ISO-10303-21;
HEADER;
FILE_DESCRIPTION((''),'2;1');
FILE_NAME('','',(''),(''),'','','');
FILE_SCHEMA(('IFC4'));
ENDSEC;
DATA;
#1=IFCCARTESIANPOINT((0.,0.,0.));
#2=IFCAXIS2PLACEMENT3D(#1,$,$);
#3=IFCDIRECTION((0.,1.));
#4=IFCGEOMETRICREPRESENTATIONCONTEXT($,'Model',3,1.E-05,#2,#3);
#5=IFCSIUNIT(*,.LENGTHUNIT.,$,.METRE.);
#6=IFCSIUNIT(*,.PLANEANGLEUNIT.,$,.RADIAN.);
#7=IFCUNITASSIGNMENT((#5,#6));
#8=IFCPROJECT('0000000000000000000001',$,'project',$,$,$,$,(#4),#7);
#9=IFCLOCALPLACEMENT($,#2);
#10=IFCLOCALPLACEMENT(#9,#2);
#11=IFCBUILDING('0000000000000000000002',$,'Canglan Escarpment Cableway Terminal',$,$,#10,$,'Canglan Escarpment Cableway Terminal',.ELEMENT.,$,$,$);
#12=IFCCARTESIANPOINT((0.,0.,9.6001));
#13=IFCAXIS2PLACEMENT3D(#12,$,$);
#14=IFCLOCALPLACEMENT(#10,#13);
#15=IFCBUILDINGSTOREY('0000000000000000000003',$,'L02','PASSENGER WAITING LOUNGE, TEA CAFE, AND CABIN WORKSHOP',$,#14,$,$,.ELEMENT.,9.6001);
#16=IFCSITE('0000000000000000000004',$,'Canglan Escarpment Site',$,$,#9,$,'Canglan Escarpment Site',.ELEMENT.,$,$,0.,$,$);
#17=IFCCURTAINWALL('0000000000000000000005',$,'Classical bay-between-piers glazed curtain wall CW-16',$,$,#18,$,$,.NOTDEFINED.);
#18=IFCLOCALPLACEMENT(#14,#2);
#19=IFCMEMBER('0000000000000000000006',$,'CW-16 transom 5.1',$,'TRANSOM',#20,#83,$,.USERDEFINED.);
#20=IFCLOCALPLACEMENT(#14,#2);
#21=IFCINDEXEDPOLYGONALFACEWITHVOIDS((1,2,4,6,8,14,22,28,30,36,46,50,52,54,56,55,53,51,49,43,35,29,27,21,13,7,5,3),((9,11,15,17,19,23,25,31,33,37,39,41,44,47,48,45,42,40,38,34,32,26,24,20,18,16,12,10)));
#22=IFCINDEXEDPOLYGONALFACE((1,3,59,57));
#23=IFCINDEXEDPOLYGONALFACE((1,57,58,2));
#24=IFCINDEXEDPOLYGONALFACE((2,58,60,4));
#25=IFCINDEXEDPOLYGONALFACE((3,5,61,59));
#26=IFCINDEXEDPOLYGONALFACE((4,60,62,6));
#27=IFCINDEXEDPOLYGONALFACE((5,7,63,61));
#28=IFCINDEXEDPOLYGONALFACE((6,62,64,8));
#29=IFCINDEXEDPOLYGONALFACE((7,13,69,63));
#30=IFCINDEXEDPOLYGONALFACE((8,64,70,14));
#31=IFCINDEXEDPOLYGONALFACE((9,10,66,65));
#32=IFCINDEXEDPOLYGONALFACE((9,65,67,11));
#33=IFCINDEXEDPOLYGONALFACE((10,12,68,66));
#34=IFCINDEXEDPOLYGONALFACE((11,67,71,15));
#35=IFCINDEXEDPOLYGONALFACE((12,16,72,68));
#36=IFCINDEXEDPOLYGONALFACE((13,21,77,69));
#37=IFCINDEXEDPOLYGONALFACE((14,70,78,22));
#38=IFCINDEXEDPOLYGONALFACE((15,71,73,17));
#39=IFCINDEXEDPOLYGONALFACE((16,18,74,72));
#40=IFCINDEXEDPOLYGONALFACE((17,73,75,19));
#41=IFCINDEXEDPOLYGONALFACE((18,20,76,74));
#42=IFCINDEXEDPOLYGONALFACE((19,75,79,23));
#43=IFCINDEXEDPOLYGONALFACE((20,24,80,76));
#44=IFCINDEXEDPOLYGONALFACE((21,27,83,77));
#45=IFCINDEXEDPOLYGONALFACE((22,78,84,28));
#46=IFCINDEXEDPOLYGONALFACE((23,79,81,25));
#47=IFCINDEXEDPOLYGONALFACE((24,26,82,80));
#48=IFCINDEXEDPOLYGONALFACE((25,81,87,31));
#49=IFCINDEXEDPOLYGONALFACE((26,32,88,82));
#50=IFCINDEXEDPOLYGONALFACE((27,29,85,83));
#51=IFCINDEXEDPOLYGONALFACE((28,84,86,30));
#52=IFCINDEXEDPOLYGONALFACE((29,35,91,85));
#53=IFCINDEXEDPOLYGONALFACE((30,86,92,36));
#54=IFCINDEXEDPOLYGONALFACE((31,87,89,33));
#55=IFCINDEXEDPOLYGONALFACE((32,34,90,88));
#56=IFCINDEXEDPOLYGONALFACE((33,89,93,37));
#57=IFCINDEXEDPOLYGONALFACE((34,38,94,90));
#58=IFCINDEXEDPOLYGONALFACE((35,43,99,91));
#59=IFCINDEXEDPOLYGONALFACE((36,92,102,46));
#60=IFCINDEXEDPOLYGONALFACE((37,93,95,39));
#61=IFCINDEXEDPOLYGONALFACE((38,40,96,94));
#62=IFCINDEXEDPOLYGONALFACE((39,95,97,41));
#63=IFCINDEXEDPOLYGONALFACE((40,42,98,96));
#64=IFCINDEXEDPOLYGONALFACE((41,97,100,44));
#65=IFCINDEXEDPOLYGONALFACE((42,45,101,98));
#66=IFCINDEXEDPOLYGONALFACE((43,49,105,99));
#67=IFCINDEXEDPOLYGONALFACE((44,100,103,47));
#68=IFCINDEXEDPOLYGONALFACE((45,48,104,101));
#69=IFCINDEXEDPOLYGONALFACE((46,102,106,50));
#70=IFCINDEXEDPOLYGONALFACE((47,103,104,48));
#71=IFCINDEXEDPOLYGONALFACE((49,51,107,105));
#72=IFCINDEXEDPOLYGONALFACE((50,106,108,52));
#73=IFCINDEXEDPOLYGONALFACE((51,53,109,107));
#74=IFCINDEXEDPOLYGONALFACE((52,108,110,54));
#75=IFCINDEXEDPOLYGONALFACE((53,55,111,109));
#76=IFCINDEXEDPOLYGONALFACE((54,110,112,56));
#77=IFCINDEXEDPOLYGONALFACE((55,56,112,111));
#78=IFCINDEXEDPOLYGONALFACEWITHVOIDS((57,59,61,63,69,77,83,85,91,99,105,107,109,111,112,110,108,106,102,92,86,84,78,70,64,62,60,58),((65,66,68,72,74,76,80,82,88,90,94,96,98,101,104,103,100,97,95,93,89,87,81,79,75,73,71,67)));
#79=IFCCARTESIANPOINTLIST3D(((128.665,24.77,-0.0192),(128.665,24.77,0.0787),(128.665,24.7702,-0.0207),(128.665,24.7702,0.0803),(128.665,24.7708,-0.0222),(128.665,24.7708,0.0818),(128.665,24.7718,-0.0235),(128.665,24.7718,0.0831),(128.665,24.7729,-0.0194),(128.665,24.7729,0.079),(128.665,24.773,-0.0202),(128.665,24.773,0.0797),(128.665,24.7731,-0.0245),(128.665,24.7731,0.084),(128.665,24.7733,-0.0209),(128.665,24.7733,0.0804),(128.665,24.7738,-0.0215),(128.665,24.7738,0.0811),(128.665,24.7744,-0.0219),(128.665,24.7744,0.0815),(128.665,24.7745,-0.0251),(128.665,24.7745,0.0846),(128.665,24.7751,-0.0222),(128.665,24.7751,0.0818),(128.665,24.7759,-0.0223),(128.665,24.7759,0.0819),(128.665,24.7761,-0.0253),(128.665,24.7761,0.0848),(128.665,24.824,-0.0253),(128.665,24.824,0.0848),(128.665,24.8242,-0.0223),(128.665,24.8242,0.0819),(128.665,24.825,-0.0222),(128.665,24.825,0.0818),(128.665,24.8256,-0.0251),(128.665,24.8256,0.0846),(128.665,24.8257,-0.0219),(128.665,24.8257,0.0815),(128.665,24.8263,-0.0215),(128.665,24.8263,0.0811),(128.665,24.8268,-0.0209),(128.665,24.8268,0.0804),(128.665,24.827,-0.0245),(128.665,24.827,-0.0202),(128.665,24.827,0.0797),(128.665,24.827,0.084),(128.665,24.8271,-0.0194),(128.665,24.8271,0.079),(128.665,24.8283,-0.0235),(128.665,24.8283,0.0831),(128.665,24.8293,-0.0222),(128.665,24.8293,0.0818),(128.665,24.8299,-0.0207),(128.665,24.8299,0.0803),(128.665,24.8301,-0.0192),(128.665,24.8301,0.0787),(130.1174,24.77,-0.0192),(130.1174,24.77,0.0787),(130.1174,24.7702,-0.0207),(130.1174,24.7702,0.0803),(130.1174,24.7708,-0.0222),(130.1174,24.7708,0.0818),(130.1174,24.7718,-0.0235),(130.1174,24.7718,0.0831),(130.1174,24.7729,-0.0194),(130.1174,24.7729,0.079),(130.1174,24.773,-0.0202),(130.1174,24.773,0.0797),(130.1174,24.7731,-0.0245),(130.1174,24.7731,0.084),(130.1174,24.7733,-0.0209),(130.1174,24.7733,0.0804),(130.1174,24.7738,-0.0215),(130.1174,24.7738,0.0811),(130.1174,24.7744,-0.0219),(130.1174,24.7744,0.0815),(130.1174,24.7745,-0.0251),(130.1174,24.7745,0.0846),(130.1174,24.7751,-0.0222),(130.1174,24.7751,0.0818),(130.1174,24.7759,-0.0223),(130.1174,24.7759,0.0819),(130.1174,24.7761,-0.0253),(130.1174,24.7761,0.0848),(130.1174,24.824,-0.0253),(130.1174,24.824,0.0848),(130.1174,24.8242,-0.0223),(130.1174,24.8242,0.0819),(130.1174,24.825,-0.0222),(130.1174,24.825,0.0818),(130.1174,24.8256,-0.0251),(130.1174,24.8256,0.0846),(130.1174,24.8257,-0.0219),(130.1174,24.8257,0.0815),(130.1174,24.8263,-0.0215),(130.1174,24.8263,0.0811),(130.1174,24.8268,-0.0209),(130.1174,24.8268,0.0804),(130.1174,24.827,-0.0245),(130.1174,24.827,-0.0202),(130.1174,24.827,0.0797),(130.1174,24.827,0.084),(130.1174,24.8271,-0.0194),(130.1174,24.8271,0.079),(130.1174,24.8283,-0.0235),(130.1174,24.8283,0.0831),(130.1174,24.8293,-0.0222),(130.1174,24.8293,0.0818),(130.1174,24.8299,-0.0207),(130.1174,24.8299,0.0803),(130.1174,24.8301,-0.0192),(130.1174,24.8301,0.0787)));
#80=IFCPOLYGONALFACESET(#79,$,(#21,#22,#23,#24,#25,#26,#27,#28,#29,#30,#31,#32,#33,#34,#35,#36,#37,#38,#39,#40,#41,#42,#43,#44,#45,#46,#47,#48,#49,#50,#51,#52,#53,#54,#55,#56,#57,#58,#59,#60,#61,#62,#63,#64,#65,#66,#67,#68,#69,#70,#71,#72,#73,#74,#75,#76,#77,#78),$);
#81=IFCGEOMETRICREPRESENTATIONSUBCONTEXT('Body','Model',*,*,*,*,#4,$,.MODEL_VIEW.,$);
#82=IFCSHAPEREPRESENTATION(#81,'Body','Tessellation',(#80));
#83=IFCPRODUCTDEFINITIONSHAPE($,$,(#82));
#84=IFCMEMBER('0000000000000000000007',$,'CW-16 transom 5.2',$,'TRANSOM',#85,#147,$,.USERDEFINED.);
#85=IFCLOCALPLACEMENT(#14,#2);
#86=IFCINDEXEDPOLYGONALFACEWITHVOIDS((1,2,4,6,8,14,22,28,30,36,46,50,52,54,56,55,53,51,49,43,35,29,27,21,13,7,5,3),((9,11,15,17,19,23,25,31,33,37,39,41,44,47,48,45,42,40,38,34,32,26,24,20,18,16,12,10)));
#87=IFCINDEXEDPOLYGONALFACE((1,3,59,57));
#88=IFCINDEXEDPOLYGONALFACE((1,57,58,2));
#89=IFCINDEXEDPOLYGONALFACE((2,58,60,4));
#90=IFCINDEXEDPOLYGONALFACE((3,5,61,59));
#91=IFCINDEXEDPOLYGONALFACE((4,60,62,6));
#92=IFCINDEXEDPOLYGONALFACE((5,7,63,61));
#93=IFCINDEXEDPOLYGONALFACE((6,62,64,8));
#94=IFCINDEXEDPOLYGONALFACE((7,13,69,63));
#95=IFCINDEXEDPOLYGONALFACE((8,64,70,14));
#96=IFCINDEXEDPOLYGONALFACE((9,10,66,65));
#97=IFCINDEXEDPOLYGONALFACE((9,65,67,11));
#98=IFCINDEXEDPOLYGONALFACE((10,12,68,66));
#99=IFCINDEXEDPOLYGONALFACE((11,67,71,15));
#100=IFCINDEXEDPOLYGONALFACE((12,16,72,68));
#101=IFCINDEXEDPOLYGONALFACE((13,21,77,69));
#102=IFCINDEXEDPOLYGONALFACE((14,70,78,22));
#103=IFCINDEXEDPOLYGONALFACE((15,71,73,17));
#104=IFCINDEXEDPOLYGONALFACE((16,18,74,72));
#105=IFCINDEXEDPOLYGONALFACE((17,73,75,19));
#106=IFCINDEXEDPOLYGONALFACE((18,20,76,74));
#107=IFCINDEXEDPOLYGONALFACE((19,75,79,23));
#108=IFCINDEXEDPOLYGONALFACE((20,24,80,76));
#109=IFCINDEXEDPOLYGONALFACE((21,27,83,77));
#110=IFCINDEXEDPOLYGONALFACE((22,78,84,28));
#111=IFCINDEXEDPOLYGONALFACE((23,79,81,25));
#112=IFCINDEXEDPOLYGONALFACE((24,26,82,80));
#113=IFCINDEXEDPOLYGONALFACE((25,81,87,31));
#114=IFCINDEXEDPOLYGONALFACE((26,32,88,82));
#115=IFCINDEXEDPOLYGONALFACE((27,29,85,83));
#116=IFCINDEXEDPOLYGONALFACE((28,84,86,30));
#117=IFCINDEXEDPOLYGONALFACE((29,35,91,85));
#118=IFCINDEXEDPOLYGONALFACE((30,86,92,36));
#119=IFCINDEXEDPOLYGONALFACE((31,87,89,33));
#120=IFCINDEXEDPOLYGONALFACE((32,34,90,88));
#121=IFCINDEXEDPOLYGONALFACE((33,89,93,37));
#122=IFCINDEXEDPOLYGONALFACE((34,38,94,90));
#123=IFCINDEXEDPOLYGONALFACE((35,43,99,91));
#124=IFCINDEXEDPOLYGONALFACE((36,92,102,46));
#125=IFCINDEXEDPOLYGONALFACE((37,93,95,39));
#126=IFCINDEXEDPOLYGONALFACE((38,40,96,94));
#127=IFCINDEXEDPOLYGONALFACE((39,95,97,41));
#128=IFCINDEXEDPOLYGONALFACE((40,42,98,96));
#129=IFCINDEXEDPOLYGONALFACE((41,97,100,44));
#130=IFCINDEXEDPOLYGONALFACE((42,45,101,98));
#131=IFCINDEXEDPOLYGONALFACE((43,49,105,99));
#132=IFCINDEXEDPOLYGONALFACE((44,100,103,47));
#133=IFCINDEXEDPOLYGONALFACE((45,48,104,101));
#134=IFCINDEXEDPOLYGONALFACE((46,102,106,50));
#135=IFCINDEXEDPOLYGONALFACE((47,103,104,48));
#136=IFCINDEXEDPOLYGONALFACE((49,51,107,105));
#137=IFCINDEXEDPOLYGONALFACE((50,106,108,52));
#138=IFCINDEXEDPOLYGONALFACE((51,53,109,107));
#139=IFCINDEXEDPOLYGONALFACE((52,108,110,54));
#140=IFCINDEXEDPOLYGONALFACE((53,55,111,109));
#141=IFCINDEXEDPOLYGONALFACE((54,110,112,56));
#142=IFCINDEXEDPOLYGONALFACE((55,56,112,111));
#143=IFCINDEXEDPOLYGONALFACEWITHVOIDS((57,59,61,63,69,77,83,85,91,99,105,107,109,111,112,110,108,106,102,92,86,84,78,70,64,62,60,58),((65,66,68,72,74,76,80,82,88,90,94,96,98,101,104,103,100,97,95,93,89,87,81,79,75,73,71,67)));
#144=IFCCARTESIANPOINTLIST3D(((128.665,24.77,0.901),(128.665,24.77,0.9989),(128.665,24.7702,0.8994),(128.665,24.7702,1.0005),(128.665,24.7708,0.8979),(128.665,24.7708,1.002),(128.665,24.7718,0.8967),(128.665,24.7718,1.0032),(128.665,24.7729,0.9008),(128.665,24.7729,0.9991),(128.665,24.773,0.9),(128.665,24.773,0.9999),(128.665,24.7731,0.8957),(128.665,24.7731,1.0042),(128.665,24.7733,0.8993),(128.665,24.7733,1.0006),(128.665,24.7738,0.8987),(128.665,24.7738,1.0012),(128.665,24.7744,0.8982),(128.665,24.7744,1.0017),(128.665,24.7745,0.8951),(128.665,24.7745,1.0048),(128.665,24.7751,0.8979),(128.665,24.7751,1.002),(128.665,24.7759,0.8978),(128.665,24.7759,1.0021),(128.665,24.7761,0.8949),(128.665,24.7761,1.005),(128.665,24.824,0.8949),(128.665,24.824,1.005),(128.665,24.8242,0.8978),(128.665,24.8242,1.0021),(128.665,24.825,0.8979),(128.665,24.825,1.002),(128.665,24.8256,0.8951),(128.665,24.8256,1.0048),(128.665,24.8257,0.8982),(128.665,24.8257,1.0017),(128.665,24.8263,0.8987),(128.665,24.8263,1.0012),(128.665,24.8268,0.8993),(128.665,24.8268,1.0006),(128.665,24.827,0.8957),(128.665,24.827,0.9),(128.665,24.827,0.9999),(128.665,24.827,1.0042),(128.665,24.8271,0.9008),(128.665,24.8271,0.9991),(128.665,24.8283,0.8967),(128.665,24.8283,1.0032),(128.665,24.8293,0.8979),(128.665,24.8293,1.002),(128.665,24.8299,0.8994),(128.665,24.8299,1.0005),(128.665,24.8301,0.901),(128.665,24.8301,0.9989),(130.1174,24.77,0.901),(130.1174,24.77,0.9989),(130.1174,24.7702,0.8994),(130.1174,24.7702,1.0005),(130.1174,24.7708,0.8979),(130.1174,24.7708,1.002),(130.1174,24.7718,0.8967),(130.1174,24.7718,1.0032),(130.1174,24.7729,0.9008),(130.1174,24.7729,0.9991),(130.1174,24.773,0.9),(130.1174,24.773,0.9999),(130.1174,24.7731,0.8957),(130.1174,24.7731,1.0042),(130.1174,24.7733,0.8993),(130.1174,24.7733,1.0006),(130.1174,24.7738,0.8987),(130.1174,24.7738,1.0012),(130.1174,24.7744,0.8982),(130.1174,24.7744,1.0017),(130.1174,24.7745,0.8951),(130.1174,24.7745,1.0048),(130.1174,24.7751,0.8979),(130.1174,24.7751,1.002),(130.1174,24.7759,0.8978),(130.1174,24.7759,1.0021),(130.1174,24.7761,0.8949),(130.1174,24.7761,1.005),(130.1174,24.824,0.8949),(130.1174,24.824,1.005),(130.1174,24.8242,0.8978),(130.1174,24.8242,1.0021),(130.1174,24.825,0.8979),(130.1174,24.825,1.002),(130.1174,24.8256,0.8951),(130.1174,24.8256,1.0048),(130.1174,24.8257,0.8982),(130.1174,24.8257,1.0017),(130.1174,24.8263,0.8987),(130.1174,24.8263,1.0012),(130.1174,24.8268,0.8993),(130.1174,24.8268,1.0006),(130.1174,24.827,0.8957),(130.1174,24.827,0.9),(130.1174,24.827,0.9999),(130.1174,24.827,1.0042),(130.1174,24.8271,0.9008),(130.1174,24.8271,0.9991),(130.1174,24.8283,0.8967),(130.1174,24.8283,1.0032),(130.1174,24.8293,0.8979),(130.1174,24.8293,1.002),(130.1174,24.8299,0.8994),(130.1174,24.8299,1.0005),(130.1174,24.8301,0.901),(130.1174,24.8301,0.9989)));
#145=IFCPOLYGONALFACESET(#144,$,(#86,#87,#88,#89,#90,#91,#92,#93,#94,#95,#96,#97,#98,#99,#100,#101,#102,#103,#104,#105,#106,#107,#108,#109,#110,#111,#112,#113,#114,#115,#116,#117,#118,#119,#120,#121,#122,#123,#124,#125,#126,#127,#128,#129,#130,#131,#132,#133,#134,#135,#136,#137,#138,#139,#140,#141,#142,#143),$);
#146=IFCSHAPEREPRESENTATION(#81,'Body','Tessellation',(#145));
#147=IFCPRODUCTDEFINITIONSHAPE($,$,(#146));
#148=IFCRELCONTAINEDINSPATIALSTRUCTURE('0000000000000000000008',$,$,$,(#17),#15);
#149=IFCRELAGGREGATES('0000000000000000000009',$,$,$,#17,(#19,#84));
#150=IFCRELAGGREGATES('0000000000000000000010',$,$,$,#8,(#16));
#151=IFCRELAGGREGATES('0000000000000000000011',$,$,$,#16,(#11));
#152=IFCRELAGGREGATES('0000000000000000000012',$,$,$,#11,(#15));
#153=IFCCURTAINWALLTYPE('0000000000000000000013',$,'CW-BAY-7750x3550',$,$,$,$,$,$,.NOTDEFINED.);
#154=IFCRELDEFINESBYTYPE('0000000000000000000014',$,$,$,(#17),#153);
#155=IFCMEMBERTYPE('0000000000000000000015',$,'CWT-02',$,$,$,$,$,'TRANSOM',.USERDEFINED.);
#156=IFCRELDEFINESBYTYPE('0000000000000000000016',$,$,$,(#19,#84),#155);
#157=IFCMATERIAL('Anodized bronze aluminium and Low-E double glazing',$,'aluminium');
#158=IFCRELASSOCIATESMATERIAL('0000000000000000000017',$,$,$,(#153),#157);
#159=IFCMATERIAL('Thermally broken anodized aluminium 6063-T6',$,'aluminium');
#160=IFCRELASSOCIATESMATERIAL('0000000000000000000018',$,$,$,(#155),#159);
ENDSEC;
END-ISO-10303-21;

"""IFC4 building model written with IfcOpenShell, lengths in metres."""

from ifc_helpers import new_model, si_unit, direction, frame, origin, origin_2d, place, context, subcontext, project, spatial, hollow_rectangle, extrude, material, material_profile, profile_set, type_object, element, aggregate, save


model = new_model("IFC4")

# Units and contexts
model_context = context("Model", 3, precision=1e-05, world=origin(), true_north=direction((0.0, 1.0)))
body_context = subcontext(model_context, "Body", "Model", "MODEL_VIEW")
ifc_project = project(units=[si_unit("LENGTHUNIT", "METRE"), si_unit("PLANEANGLEUNIT", "RADIAN")], contexts=[model_context])

# Site, building, storey
site_placement = place(None, origin())
site = spatial("IfcSite", under=ifc_project, at=site_placement, Name="Canglan Escarpment Site", LongName="Canglan Escarpment Site", CompositionType="ELEMENT", RefElevation=0.0)
building_placement = place(site_placement, origin())
building = spatial("IfcBuilding", under=site, at=building_placement, Name="Canglan Escarpment Cableway Terminal", LongName="Canglan Escarpment Cableway Terminal", CompositionType="ELEMENT")
storey_placement = place(building_placement, frame((0.0, 0.0, 9.6001)))
storey = spatial("IfcBuildingStorey", under=building, at=storey_placement, Name="L02", Description="PASSENGER WAITING LOUNGE, TEA CAFE, AND CABIN WORKSHOP", CompositionType="ELEMENT", Elevation=9.6001)

# Curtain wall
ifc_material_1 = material(Name="Anodized bronze aluminium and Low-E double glazing", Category="aluminium")
curtain_wall_type_1 = type_object("IfcCurtainWallType", Name="CW-BAY-7750x3550", PredefinedType="NOTDEFINED", material=ifc_material_1)
curtain_wall_1_placement = place(storey_placement, origin())
curtain_wall_1 = element("IfcCurtainWall", 1, at=curtain_wall_1_placement, inside=storey, type_object=curtain_wall_type_1, Name="Classical bay-between-piers glazed curtain wall CW-16", PredefinedType="NOTDEFINED")
ifc_material_2 = material(Name="Thermally broken anodized aluminium 6063-T6", Category="aluminium")

# Members
ifc_material_profile_1 = material_profile(ifc_material_2, hollow_rectangle(XDim=0.0601, YDim=0.1101, WallThickness=0.0029, InnerFilletRadius=0.0029, OuterFilletRadius=0.0061, at=origin_2d()), Name="ALU-TRAN 60x110x3")
ifc_profile_set_1 = profile_set([ifc_material_profile_1], Name="Thermally broken anodized aluminium 6063-T6")
member_type_1 = type_object("IfcMemberType", Name="CWT-02", ElementType="TRANSOM", PredefinedType="USERDEFINED", material=ifc_profile_set_1)
member_1_placement = place(storey_placement, frame((130.1174, 24.8, 0.0298), z_axis=(-1.0, 0.0, 0.0), x_axis=(0.0, -1.0, 0.0)))
member_1 = element("IfcMember", 2, at=member_1_placement, type_object=member_type_1, Name="CW-16 transom 5.1", ObjectType="TRANSOM", PredefinedType="USERDEFINED", context=body_context, shape_type="SweptSolid", body=[
    extrude(hollow_rectangle(XDim=0.0601, YDim=0.1101, WallThickness=0.0029, InnerFilletRadius=0.0029, OuterFilletRadius=0.0061, at=origin_2d()), origin(), (0.0, 0.0, 1.0), 1.4524),
])
member_2_placement = place(storey_placement, frame((130.1174, 24.8, 0.95), z_axis=(-1.0, 0.0, 0.0), x_axis=(0.0, -1.0, 0.0)))
member_2 = element("IfcMember", 3, at=member_2_placement, type_object=member_type_1, Name="CW-16 transom 5.2", ObjectType="TRANSOM", PredefinedType="USERDEFINED", context=body_context, shape_type="SweptSolid", body=[
    extrude(hollow_rectangle(XDim=0.0601, YDim=0.1101, WallThickness=0.0029, InnerFilletRadius=0.0029, OuterFilletRadius=0.0061, at=origin_2d()), origin(), (0.0, 0.0, 1.0), 1.4524),
])

aggregate(curtain_wall_1, [member_1, member_2])

save(model, "model.ifc")
